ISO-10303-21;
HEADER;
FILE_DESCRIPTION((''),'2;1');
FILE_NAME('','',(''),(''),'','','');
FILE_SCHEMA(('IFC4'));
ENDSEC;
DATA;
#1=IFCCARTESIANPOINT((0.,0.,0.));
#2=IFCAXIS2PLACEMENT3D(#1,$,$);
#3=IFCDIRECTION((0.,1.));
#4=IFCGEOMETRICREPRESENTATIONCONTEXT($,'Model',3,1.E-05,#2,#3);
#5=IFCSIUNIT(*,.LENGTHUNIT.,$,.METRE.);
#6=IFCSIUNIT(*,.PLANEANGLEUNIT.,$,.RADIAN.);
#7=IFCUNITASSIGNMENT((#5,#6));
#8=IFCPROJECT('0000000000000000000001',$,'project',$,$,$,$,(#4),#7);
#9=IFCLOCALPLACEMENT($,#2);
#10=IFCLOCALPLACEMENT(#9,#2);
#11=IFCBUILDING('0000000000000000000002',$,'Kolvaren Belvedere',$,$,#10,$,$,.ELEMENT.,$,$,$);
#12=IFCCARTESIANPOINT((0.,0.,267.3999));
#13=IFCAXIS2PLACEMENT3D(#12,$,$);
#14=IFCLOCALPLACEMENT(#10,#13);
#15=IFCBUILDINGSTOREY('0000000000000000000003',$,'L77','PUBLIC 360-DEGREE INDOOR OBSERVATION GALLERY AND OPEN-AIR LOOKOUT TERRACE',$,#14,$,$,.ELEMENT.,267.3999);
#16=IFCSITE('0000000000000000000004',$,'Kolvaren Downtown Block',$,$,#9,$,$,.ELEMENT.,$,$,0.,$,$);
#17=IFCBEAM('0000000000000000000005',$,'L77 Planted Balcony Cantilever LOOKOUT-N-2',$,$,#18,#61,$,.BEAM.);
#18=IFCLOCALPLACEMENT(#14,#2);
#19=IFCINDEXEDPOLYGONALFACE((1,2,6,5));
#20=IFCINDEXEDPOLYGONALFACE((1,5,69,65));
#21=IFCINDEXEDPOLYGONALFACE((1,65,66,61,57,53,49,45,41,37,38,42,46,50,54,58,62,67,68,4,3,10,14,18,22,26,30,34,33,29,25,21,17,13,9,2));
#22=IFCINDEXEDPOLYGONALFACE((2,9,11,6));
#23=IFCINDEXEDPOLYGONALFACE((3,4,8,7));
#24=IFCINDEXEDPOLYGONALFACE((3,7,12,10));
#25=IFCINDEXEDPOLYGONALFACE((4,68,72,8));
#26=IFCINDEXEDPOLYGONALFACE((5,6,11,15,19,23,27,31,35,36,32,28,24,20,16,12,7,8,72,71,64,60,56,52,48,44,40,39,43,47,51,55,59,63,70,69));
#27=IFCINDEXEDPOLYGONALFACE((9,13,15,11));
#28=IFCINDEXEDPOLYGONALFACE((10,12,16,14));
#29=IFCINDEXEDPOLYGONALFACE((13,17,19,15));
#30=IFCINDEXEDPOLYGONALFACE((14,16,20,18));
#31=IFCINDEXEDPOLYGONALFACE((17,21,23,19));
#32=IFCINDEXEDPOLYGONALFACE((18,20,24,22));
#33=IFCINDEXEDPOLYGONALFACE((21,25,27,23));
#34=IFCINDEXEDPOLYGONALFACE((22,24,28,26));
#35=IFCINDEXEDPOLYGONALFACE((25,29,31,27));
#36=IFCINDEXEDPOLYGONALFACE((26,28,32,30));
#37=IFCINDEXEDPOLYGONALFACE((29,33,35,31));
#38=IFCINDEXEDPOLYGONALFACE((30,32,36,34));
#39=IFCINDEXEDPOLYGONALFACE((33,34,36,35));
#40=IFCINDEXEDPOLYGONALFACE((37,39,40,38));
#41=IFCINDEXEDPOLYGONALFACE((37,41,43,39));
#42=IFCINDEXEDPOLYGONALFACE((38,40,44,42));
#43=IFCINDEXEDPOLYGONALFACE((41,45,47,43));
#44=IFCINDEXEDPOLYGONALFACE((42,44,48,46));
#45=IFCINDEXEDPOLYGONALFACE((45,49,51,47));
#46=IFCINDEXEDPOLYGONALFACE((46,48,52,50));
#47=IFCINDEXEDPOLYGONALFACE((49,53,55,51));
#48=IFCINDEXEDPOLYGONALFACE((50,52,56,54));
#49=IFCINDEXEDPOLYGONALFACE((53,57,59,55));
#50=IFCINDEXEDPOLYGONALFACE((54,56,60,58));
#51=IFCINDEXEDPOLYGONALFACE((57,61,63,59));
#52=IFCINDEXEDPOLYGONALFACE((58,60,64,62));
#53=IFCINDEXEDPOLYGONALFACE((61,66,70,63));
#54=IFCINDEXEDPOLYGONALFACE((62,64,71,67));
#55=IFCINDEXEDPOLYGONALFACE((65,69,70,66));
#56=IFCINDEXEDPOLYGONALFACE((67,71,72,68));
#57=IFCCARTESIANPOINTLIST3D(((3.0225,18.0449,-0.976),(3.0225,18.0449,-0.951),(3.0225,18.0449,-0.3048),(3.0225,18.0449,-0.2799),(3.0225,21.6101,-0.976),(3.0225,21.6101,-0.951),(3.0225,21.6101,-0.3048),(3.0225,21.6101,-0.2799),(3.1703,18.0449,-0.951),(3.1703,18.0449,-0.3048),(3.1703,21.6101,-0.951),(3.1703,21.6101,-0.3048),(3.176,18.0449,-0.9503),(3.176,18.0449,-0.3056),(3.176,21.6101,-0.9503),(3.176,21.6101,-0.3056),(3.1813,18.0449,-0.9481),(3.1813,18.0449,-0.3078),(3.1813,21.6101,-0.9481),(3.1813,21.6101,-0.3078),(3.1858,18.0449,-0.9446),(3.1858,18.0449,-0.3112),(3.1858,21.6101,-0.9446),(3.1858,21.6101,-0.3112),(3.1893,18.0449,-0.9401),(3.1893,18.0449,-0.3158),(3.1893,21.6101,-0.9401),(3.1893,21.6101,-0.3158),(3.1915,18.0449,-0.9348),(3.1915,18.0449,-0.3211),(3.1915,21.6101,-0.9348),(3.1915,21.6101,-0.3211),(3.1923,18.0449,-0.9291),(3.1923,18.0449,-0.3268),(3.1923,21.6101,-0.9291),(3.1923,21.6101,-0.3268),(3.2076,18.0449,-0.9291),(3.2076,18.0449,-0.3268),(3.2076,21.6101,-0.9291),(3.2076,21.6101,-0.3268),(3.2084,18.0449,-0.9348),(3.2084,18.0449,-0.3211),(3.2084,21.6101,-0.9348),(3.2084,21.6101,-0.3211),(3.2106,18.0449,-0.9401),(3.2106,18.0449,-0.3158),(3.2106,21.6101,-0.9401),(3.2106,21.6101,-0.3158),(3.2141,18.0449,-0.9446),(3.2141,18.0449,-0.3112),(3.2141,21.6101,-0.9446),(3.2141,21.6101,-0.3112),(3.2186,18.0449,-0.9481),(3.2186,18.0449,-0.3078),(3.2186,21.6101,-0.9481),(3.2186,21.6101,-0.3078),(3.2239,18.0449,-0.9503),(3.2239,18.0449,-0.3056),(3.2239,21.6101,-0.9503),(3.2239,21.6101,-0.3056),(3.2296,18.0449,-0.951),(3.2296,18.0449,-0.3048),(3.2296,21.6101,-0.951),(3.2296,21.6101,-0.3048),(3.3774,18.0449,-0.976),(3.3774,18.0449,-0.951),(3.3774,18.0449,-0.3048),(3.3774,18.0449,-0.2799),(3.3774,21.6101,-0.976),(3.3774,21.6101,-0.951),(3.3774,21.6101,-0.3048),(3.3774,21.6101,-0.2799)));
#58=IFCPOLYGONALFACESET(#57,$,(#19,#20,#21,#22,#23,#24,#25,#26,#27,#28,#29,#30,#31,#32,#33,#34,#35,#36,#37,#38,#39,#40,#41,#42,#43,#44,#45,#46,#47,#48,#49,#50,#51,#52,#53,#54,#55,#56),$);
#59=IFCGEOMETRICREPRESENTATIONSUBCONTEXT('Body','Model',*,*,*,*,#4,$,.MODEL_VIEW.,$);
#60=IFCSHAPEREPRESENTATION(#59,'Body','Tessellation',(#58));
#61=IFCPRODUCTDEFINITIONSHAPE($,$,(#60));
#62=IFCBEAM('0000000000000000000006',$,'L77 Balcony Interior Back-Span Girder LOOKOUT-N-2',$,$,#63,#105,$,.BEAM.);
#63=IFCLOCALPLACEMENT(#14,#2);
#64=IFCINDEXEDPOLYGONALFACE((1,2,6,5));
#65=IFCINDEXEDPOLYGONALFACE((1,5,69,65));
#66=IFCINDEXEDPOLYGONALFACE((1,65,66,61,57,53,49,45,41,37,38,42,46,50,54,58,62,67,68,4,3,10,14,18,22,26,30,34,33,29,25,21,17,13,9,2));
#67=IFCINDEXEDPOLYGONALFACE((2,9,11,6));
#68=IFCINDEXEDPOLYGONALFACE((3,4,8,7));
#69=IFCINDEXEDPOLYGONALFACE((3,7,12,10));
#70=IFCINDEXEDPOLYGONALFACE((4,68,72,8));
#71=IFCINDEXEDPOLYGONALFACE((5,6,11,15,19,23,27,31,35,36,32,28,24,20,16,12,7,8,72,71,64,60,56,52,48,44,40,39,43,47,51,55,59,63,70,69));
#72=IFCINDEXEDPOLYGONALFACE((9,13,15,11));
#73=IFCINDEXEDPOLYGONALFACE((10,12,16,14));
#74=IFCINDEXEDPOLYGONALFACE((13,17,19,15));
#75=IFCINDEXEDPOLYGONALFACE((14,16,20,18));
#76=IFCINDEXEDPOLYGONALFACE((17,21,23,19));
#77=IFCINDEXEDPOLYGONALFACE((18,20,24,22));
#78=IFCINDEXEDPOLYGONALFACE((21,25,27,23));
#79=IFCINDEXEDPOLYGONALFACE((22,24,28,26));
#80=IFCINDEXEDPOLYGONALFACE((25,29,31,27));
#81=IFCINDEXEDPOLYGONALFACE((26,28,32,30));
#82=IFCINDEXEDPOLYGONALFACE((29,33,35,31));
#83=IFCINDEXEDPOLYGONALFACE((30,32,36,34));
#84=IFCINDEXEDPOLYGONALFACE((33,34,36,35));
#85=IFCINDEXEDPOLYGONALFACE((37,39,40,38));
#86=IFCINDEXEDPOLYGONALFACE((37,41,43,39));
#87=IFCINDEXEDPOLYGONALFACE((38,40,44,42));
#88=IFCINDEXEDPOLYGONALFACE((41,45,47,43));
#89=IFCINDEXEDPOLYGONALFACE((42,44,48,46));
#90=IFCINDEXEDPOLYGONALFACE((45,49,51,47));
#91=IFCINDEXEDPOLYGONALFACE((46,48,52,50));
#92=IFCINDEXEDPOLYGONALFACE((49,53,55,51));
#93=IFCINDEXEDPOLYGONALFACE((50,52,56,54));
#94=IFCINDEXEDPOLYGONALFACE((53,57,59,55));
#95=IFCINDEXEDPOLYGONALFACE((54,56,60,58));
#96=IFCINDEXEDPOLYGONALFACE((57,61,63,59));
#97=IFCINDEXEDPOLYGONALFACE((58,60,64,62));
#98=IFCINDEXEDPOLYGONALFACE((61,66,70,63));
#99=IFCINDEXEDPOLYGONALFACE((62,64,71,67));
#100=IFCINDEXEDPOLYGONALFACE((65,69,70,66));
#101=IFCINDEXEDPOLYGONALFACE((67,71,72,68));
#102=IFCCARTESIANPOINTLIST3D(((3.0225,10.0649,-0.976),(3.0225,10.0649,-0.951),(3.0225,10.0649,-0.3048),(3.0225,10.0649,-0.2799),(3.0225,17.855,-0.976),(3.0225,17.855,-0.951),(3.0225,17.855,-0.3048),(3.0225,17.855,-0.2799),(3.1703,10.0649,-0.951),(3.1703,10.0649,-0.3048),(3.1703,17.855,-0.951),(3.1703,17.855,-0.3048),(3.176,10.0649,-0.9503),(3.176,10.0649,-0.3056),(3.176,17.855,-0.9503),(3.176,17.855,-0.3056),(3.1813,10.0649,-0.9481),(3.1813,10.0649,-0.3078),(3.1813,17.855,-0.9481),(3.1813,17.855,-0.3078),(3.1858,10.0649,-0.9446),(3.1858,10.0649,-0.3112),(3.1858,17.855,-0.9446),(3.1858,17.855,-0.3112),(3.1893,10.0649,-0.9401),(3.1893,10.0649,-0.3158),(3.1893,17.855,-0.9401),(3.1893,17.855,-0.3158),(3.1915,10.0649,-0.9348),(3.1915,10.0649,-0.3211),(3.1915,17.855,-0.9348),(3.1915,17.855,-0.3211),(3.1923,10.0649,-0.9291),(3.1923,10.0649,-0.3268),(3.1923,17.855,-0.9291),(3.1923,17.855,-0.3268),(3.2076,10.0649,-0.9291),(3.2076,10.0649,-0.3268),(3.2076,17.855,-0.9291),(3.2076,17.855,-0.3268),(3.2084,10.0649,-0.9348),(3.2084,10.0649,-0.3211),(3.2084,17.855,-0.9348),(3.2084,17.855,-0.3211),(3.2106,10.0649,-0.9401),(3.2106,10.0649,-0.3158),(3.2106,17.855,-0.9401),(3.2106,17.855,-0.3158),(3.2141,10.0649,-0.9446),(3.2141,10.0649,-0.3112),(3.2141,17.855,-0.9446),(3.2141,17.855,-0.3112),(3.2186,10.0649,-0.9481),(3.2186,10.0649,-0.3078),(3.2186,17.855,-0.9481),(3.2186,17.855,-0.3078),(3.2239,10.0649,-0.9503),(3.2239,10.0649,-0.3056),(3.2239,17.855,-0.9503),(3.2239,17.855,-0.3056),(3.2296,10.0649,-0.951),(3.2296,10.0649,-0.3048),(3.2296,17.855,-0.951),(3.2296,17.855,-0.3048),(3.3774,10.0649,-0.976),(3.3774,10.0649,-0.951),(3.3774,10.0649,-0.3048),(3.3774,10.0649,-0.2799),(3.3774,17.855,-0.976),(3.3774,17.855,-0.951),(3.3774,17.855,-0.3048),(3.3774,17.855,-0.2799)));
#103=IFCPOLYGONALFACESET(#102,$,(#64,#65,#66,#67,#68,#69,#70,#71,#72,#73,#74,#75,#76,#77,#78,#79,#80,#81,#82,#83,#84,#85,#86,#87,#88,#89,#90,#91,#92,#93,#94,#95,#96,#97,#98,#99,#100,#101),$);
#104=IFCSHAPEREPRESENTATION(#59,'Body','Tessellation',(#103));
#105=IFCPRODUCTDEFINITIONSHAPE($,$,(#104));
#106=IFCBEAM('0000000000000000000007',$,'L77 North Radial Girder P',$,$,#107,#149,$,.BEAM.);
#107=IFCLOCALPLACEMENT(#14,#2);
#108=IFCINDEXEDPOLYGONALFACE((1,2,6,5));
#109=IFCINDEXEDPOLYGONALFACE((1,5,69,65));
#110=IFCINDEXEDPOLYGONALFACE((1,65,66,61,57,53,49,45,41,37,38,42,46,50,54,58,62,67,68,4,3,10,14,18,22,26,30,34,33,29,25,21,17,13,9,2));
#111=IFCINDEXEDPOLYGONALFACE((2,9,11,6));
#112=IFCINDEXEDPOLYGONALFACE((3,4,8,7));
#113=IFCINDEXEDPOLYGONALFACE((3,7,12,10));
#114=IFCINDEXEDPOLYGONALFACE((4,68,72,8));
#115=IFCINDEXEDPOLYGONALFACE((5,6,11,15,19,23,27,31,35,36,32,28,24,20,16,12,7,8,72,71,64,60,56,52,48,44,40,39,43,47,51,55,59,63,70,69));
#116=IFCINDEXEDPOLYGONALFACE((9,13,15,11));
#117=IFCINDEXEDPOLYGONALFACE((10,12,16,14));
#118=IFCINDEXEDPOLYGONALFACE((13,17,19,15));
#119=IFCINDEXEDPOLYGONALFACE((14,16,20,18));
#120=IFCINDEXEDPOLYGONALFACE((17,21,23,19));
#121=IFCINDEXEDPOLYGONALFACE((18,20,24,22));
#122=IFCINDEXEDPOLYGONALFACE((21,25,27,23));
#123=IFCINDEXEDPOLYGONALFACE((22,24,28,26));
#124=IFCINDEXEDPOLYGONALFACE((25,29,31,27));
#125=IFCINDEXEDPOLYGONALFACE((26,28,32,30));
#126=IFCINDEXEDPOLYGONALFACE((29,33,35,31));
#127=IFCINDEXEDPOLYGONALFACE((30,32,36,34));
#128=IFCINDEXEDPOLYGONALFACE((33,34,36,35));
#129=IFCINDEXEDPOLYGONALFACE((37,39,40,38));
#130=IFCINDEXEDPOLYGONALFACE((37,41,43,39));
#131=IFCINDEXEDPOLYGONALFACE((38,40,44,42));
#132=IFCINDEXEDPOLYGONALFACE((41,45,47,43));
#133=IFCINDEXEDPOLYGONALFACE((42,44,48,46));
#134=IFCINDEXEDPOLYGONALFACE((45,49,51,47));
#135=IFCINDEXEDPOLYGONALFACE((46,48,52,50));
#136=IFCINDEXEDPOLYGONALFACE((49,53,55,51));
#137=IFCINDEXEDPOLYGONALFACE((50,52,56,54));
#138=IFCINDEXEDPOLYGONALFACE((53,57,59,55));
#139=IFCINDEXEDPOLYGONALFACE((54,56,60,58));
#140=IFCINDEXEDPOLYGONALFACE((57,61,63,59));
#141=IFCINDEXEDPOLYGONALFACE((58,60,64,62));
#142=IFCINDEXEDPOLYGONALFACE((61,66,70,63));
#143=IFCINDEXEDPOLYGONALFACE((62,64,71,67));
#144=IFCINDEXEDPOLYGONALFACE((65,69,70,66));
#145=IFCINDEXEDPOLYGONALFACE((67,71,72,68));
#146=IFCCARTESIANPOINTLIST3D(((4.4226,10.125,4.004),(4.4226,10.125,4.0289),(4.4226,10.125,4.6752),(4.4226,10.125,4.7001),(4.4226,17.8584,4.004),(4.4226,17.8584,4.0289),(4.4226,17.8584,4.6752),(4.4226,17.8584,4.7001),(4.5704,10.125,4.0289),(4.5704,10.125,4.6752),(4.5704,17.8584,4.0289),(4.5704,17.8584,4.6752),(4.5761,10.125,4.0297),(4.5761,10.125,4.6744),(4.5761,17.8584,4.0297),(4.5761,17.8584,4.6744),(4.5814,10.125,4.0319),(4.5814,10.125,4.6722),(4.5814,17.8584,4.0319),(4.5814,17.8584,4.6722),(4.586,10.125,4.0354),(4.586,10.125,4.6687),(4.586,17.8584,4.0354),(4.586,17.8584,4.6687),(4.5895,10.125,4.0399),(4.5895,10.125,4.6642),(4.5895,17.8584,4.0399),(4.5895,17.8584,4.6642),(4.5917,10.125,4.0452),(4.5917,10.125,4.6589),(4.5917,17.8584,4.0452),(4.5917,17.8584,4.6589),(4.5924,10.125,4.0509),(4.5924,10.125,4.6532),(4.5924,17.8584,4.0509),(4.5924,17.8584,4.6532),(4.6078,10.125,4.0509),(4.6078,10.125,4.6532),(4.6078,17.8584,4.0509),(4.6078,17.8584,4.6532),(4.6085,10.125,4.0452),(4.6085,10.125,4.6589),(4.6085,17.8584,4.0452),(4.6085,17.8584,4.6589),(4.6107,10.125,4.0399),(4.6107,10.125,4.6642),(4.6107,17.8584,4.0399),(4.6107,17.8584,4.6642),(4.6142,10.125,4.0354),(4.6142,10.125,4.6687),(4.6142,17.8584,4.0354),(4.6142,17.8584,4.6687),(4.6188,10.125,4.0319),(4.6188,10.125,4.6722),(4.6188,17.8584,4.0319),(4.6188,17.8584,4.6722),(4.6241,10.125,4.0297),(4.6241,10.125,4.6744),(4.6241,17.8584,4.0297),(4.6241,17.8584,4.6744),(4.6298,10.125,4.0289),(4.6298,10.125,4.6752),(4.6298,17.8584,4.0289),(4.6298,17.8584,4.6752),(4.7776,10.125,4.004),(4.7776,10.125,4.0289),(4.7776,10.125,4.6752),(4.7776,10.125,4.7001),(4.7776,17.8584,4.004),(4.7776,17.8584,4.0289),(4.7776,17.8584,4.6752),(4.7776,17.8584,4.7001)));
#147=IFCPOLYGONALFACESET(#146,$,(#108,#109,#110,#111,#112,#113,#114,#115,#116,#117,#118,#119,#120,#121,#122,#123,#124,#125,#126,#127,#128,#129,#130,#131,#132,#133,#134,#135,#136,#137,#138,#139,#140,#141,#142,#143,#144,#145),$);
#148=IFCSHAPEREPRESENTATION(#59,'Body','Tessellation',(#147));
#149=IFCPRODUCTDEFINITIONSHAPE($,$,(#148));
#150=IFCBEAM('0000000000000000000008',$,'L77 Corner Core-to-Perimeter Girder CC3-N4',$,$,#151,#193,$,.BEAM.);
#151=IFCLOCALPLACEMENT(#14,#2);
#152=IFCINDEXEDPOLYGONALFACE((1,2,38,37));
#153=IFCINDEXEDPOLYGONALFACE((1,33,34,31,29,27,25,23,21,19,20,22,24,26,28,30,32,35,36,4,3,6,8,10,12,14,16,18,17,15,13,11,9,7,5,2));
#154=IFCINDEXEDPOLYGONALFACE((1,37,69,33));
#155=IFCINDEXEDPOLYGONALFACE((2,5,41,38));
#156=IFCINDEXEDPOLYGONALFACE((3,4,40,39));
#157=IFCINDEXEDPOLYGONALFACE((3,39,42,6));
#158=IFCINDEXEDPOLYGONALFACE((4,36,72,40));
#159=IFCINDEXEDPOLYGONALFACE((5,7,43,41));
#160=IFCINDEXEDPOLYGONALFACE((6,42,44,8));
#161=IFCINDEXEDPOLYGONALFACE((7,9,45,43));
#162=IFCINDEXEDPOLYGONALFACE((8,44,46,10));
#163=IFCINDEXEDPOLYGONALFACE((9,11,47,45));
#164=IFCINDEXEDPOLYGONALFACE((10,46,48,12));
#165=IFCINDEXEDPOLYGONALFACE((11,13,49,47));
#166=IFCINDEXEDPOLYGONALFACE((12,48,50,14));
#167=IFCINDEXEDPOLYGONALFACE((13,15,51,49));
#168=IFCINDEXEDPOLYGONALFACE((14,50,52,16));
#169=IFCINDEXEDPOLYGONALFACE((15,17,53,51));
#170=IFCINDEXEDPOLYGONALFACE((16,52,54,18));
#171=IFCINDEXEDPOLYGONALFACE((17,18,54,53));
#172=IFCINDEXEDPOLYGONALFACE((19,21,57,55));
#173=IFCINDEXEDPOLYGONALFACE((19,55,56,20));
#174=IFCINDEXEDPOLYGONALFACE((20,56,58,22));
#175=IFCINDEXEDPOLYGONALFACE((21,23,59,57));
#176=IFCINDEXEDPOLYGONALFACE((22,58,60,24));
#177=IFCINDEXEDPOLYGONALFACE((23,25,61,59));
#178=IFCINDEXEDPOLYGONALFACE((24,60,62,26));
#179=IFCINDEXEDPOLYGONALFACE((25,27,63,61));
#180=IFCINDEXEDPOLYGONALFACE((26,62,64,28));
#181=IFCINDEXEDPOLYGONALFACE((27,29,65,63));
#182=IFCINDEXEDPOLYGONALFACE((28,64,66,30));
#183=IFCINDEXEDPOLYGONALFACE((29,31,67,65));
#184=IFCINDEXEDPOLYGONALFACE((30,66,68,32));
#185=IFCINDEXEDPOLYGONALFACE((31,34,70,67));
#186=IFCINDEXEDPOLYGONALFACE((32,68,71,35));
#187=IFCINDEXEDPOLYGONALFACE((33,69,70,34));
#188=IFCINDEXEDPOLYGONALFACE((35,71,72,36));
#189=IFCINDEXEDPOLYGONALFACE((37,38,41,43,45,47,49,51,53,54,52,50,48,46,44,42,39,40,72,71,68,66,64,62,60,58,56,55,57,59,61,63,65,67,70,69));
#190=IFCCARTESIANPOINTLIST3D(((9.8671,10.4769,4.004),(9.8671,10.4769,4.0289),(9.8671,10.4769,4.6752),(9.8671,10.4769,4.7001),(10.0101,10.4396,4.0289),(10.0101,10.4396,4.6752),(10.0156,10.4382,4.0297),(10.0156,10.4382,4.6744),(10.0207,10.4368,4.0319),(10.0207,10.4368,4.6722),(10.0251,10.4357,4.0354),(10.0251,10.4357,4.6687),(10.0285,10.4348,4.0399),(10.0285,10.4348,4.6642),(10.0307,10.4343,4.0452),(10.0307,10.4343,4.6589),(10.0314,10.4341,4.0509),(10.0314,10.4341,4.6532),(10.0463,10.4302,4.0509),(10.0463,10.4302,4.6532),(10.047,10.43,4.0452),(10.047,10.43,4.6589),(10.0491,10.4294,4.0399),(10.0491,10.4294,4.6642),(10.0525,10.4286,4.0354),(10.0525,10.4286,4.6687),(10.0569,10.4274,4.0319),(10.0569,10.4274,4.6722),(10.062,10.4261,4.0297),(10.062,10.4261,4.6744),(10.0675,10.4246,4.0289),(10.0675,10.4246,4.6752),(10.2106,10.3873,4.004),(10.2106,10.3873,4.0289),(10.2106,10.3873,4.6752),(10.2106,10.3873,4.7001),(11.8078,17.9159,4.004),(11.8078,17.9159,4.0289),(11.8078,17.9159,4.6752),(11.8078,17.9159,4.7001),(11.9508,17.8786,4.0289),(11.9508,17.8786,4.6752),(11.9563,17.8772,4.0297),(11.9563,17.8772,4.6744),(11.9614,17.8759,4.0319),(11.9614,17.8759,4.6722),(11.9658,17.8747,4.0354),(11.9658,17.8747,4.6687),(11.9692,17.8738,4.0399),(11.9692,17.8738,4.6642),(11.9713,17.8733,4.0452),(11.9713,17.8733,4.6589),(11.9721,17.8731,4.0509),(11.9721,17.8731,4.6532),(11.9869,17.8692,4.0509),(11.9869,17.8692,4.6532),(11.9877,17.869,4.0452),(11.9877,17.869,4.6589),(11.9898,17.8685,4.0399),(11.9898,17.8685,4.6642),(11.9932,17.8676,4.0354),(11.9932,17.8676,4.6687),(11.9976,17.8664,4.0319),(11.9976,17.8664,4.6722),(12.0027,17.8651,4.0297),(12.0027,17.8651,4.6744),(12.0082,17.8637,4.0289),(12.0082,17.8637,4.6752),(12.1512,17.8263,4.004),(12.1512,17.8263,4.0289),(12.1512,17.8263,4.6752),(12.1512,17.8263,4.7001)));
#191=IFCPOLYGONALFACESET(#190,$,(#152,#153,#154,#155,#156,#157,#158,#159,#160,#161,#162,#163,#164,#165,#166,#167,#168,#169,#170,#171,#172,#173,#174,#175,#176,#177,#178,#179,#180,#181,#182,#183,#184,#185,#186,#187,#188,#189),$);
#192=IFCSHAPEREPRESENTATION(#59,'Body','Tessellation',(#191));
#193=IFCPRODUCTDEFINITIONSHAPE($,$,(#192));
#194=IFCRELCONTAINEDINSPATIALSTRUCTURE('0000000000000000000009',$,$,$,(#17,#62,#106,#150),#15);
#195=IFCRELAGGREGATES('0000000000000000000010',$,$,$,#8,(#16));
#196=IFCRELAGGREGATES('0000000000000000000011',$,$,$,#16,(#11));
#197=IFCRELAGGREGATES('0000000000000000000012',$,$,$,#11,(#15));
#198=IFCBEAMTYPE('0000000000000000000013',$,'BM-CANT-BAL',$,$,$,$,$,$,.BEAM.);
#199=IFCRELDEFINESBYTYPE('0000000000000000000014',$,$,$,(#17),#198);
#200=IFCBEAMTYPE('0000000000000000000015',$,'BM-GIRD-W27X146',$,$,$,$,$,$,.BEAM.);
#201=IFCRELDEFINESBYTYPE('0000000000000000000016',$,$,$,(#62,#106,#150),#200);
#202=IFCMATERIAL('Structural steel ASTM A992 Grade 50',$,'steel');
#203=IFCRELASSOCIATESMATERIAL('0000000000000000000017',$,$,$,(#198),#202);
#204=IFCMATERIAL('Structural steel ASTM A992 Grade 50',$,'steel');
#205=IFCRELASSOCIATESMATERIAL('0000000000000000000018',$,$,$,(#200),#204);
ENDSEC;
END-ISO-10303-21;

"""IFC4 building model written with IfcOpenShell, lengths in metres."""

from ifc_helpers import new_model, si_unit, direction, frame, origin, origin_2d, place, context, subcontext, project, spatial, i_section, extrude, material, material_profile, profile_set, type_object, element, save


model = new_model("IFC4")

# Units and contexts
model_context = context("Model", 3, precision=1e-05, world=origin(), true_north=direction((0.0, 1.0)))
body_context = subcontext(model_context, "Body", "Model", "MODEL_VIEW")
ifc_project = project(units=[si_unit("LENGTHUNIT", "METRE"), si_unit("PLANEANGLEUNIT", "RADIAN")], contexts=[model_context])

# Site, building, storey
site_placement = place(None, origin())
site = spatial("IfcSite", under=ifc_project, at=site_placement, Name="Kolvaren Downtown Block", CompositionType="ELEMENT", RefElevation=0.0)
building_placement = place(site_placement, origin())
building = spatial("IfcBuilding", under=site, at=building_placement, Name="Kolvaren Belvedere", CompositionType="ELEMENT")
storey_placement = place(building_placement, frame((0.0, 0.0, 267.3999)))
storey = spatial("IfcBuildingStorey", under=building, at=storey_placement, Name="L77", Description="PUBLIC 360-DEGREE INDOOR OBSERVATION GALLERY AND OPEN-AIR LOOKOUT TERRACE", CompositionType="ELEMENT", Elevation=267.3999)

# Beams
ifc_material_1 = material(Name="Structural steel ASTM A992 Grade 50", Category="steel")
ifc_material_profile_1 = material_profile(ifc_material_1, i_section(OverallWidth=0.355, OverallDepth=0.696, WebThickness=0.0154, FlangeThickness=0.0249, FilletRadius=0.022, at=origin_2d()), Name="W27X146")
ifc_profile_set_1 = profile_set([ifc_material_profile_1], Name="Structural steel ASTM A992 Grade 50")
beam_type_1 = type_object("IfcBeamType", Name="BM-CANT-BAL", PredefinedType="BEAM", material=ifc_profile_set_1)
beam_1_placement = place(storey_placement, frame((3.2, 18.0449, -0.6279), z_axis=(0.0, 1.0, 0.0), x_axis=(-1.0, 0.0, 0.0)))
element("IfcBeam", 1, at=beam_1_placement, inside=storey, type_object=beam_type_1, Name="L77 Planted Balcony Cantilever LOOKOUT-N-2", PredefinedType="BEAM", context=body_context, shape_type="SweptSolid", body=[
    extrude(i_section(OverallWidth=0.355, OverallDepth=0.696, WebThickness=0.0154, FlangeThickness=0.0249, FilletRadius=0.022, at=origin_2d()), origin(), (0.0, 0.0, 1.0), 3.5652),
])
ifc_material_2 = material(Name="Structural steel ASTM A992 Grade 50", Category="steel")
ifc_material_profile_2 = material_profile(ifc_material_2, i_section(OverallWidth=0.355, OverallDepth=0.696, WebThickness=0.0154, FlangeThickness=0.0249, FilletRadius=0.022, at=origin_2d()), Name="W27X146")
ifc_profile_set_2 = profile_set([ifc_material_profile_2], Name="Structural steel ASTM A992 Grade 50")
beam_type_2 = type_object("IfcBeamType", Name="BM-GIRD-W27X146", PredefinedType="BEAM", material=ifc_profile_set_2)
beam_2_placement = place(storey_placement, frame((3.2, 10.0649, -0.6279), z_axis=(0.0, 1.0, 0.0), x_axis=(-1.0, 0.0, 0.0)))
element("IfcBeam", 2, at=beam_2_placement, inside=storey, type_object=beam_type_2, Name="L77 Balcony Interior Back-Span Girder LOOKOUT-N-2", PredefinedType="BEAM", context=body_context, shape_type="SweptSolid", body=[
    extrude(i_section(OverallWidth=0.355, OverallDepth=0.696, WebThickness=0.0154, FlangeThickness=0.0249, FilletRadius=0.022, at=origin_2d()), origin(), (0.0, 0.0, 1.0), 7.79),
])
beam_3_placement = place(storey_placement, frame((4.6001, 10.125, 4.3521), z_axis=(0.0, 1.0, 0.0), x_axis=(-1.0, 0.0, 0.0)))
element("IfcBeam", 3, at=beam_3_placement, inside=storey, type_object=beam_type_2, Name="L77 North Radial Girder P", PredefinedType="BEAM", context=body_context, shape_type="SweptSolid", body=[
    extrude(i_section(OverallWidth=0.355, OverallDepth=0.696, WebThickness=0.0154, FlangeThickness=0.0249, FilletRadius=0.022, at=origin_2d()), origin(), (0.0, 0.0, 1.0), 7.7334),
])
for number, where, z_axis, x_axis, name in (
    (4, (10.0388, 10.4321, 4.3521), (0.252431, 0.967615, 0.0), (-0.967615, 0.252431, 0.0), "L77 Corner Core-to-Perimeter Girder CC3-N4"),
):
    element("IfcBeam", number, at=place(storey_placement, frame(where, z_axis=z_axis, x_axis=x_axis)), inside=storey, type_object=beam_type_2, Name=name, PredefinedType="BEAM", context=body_context, shape_type="SweptSolid", body=[
        extrude(i_section(OverallWidth=0.355, OverallDepth=0.696, WebThickness=0.0154, FlangeThickness=0.0249, FilletRadius=0.022, at=origin_2d()), origin(), (0.0, 0.0, 1.0), 7.688),
    ])

save(model, "model.ifc")
